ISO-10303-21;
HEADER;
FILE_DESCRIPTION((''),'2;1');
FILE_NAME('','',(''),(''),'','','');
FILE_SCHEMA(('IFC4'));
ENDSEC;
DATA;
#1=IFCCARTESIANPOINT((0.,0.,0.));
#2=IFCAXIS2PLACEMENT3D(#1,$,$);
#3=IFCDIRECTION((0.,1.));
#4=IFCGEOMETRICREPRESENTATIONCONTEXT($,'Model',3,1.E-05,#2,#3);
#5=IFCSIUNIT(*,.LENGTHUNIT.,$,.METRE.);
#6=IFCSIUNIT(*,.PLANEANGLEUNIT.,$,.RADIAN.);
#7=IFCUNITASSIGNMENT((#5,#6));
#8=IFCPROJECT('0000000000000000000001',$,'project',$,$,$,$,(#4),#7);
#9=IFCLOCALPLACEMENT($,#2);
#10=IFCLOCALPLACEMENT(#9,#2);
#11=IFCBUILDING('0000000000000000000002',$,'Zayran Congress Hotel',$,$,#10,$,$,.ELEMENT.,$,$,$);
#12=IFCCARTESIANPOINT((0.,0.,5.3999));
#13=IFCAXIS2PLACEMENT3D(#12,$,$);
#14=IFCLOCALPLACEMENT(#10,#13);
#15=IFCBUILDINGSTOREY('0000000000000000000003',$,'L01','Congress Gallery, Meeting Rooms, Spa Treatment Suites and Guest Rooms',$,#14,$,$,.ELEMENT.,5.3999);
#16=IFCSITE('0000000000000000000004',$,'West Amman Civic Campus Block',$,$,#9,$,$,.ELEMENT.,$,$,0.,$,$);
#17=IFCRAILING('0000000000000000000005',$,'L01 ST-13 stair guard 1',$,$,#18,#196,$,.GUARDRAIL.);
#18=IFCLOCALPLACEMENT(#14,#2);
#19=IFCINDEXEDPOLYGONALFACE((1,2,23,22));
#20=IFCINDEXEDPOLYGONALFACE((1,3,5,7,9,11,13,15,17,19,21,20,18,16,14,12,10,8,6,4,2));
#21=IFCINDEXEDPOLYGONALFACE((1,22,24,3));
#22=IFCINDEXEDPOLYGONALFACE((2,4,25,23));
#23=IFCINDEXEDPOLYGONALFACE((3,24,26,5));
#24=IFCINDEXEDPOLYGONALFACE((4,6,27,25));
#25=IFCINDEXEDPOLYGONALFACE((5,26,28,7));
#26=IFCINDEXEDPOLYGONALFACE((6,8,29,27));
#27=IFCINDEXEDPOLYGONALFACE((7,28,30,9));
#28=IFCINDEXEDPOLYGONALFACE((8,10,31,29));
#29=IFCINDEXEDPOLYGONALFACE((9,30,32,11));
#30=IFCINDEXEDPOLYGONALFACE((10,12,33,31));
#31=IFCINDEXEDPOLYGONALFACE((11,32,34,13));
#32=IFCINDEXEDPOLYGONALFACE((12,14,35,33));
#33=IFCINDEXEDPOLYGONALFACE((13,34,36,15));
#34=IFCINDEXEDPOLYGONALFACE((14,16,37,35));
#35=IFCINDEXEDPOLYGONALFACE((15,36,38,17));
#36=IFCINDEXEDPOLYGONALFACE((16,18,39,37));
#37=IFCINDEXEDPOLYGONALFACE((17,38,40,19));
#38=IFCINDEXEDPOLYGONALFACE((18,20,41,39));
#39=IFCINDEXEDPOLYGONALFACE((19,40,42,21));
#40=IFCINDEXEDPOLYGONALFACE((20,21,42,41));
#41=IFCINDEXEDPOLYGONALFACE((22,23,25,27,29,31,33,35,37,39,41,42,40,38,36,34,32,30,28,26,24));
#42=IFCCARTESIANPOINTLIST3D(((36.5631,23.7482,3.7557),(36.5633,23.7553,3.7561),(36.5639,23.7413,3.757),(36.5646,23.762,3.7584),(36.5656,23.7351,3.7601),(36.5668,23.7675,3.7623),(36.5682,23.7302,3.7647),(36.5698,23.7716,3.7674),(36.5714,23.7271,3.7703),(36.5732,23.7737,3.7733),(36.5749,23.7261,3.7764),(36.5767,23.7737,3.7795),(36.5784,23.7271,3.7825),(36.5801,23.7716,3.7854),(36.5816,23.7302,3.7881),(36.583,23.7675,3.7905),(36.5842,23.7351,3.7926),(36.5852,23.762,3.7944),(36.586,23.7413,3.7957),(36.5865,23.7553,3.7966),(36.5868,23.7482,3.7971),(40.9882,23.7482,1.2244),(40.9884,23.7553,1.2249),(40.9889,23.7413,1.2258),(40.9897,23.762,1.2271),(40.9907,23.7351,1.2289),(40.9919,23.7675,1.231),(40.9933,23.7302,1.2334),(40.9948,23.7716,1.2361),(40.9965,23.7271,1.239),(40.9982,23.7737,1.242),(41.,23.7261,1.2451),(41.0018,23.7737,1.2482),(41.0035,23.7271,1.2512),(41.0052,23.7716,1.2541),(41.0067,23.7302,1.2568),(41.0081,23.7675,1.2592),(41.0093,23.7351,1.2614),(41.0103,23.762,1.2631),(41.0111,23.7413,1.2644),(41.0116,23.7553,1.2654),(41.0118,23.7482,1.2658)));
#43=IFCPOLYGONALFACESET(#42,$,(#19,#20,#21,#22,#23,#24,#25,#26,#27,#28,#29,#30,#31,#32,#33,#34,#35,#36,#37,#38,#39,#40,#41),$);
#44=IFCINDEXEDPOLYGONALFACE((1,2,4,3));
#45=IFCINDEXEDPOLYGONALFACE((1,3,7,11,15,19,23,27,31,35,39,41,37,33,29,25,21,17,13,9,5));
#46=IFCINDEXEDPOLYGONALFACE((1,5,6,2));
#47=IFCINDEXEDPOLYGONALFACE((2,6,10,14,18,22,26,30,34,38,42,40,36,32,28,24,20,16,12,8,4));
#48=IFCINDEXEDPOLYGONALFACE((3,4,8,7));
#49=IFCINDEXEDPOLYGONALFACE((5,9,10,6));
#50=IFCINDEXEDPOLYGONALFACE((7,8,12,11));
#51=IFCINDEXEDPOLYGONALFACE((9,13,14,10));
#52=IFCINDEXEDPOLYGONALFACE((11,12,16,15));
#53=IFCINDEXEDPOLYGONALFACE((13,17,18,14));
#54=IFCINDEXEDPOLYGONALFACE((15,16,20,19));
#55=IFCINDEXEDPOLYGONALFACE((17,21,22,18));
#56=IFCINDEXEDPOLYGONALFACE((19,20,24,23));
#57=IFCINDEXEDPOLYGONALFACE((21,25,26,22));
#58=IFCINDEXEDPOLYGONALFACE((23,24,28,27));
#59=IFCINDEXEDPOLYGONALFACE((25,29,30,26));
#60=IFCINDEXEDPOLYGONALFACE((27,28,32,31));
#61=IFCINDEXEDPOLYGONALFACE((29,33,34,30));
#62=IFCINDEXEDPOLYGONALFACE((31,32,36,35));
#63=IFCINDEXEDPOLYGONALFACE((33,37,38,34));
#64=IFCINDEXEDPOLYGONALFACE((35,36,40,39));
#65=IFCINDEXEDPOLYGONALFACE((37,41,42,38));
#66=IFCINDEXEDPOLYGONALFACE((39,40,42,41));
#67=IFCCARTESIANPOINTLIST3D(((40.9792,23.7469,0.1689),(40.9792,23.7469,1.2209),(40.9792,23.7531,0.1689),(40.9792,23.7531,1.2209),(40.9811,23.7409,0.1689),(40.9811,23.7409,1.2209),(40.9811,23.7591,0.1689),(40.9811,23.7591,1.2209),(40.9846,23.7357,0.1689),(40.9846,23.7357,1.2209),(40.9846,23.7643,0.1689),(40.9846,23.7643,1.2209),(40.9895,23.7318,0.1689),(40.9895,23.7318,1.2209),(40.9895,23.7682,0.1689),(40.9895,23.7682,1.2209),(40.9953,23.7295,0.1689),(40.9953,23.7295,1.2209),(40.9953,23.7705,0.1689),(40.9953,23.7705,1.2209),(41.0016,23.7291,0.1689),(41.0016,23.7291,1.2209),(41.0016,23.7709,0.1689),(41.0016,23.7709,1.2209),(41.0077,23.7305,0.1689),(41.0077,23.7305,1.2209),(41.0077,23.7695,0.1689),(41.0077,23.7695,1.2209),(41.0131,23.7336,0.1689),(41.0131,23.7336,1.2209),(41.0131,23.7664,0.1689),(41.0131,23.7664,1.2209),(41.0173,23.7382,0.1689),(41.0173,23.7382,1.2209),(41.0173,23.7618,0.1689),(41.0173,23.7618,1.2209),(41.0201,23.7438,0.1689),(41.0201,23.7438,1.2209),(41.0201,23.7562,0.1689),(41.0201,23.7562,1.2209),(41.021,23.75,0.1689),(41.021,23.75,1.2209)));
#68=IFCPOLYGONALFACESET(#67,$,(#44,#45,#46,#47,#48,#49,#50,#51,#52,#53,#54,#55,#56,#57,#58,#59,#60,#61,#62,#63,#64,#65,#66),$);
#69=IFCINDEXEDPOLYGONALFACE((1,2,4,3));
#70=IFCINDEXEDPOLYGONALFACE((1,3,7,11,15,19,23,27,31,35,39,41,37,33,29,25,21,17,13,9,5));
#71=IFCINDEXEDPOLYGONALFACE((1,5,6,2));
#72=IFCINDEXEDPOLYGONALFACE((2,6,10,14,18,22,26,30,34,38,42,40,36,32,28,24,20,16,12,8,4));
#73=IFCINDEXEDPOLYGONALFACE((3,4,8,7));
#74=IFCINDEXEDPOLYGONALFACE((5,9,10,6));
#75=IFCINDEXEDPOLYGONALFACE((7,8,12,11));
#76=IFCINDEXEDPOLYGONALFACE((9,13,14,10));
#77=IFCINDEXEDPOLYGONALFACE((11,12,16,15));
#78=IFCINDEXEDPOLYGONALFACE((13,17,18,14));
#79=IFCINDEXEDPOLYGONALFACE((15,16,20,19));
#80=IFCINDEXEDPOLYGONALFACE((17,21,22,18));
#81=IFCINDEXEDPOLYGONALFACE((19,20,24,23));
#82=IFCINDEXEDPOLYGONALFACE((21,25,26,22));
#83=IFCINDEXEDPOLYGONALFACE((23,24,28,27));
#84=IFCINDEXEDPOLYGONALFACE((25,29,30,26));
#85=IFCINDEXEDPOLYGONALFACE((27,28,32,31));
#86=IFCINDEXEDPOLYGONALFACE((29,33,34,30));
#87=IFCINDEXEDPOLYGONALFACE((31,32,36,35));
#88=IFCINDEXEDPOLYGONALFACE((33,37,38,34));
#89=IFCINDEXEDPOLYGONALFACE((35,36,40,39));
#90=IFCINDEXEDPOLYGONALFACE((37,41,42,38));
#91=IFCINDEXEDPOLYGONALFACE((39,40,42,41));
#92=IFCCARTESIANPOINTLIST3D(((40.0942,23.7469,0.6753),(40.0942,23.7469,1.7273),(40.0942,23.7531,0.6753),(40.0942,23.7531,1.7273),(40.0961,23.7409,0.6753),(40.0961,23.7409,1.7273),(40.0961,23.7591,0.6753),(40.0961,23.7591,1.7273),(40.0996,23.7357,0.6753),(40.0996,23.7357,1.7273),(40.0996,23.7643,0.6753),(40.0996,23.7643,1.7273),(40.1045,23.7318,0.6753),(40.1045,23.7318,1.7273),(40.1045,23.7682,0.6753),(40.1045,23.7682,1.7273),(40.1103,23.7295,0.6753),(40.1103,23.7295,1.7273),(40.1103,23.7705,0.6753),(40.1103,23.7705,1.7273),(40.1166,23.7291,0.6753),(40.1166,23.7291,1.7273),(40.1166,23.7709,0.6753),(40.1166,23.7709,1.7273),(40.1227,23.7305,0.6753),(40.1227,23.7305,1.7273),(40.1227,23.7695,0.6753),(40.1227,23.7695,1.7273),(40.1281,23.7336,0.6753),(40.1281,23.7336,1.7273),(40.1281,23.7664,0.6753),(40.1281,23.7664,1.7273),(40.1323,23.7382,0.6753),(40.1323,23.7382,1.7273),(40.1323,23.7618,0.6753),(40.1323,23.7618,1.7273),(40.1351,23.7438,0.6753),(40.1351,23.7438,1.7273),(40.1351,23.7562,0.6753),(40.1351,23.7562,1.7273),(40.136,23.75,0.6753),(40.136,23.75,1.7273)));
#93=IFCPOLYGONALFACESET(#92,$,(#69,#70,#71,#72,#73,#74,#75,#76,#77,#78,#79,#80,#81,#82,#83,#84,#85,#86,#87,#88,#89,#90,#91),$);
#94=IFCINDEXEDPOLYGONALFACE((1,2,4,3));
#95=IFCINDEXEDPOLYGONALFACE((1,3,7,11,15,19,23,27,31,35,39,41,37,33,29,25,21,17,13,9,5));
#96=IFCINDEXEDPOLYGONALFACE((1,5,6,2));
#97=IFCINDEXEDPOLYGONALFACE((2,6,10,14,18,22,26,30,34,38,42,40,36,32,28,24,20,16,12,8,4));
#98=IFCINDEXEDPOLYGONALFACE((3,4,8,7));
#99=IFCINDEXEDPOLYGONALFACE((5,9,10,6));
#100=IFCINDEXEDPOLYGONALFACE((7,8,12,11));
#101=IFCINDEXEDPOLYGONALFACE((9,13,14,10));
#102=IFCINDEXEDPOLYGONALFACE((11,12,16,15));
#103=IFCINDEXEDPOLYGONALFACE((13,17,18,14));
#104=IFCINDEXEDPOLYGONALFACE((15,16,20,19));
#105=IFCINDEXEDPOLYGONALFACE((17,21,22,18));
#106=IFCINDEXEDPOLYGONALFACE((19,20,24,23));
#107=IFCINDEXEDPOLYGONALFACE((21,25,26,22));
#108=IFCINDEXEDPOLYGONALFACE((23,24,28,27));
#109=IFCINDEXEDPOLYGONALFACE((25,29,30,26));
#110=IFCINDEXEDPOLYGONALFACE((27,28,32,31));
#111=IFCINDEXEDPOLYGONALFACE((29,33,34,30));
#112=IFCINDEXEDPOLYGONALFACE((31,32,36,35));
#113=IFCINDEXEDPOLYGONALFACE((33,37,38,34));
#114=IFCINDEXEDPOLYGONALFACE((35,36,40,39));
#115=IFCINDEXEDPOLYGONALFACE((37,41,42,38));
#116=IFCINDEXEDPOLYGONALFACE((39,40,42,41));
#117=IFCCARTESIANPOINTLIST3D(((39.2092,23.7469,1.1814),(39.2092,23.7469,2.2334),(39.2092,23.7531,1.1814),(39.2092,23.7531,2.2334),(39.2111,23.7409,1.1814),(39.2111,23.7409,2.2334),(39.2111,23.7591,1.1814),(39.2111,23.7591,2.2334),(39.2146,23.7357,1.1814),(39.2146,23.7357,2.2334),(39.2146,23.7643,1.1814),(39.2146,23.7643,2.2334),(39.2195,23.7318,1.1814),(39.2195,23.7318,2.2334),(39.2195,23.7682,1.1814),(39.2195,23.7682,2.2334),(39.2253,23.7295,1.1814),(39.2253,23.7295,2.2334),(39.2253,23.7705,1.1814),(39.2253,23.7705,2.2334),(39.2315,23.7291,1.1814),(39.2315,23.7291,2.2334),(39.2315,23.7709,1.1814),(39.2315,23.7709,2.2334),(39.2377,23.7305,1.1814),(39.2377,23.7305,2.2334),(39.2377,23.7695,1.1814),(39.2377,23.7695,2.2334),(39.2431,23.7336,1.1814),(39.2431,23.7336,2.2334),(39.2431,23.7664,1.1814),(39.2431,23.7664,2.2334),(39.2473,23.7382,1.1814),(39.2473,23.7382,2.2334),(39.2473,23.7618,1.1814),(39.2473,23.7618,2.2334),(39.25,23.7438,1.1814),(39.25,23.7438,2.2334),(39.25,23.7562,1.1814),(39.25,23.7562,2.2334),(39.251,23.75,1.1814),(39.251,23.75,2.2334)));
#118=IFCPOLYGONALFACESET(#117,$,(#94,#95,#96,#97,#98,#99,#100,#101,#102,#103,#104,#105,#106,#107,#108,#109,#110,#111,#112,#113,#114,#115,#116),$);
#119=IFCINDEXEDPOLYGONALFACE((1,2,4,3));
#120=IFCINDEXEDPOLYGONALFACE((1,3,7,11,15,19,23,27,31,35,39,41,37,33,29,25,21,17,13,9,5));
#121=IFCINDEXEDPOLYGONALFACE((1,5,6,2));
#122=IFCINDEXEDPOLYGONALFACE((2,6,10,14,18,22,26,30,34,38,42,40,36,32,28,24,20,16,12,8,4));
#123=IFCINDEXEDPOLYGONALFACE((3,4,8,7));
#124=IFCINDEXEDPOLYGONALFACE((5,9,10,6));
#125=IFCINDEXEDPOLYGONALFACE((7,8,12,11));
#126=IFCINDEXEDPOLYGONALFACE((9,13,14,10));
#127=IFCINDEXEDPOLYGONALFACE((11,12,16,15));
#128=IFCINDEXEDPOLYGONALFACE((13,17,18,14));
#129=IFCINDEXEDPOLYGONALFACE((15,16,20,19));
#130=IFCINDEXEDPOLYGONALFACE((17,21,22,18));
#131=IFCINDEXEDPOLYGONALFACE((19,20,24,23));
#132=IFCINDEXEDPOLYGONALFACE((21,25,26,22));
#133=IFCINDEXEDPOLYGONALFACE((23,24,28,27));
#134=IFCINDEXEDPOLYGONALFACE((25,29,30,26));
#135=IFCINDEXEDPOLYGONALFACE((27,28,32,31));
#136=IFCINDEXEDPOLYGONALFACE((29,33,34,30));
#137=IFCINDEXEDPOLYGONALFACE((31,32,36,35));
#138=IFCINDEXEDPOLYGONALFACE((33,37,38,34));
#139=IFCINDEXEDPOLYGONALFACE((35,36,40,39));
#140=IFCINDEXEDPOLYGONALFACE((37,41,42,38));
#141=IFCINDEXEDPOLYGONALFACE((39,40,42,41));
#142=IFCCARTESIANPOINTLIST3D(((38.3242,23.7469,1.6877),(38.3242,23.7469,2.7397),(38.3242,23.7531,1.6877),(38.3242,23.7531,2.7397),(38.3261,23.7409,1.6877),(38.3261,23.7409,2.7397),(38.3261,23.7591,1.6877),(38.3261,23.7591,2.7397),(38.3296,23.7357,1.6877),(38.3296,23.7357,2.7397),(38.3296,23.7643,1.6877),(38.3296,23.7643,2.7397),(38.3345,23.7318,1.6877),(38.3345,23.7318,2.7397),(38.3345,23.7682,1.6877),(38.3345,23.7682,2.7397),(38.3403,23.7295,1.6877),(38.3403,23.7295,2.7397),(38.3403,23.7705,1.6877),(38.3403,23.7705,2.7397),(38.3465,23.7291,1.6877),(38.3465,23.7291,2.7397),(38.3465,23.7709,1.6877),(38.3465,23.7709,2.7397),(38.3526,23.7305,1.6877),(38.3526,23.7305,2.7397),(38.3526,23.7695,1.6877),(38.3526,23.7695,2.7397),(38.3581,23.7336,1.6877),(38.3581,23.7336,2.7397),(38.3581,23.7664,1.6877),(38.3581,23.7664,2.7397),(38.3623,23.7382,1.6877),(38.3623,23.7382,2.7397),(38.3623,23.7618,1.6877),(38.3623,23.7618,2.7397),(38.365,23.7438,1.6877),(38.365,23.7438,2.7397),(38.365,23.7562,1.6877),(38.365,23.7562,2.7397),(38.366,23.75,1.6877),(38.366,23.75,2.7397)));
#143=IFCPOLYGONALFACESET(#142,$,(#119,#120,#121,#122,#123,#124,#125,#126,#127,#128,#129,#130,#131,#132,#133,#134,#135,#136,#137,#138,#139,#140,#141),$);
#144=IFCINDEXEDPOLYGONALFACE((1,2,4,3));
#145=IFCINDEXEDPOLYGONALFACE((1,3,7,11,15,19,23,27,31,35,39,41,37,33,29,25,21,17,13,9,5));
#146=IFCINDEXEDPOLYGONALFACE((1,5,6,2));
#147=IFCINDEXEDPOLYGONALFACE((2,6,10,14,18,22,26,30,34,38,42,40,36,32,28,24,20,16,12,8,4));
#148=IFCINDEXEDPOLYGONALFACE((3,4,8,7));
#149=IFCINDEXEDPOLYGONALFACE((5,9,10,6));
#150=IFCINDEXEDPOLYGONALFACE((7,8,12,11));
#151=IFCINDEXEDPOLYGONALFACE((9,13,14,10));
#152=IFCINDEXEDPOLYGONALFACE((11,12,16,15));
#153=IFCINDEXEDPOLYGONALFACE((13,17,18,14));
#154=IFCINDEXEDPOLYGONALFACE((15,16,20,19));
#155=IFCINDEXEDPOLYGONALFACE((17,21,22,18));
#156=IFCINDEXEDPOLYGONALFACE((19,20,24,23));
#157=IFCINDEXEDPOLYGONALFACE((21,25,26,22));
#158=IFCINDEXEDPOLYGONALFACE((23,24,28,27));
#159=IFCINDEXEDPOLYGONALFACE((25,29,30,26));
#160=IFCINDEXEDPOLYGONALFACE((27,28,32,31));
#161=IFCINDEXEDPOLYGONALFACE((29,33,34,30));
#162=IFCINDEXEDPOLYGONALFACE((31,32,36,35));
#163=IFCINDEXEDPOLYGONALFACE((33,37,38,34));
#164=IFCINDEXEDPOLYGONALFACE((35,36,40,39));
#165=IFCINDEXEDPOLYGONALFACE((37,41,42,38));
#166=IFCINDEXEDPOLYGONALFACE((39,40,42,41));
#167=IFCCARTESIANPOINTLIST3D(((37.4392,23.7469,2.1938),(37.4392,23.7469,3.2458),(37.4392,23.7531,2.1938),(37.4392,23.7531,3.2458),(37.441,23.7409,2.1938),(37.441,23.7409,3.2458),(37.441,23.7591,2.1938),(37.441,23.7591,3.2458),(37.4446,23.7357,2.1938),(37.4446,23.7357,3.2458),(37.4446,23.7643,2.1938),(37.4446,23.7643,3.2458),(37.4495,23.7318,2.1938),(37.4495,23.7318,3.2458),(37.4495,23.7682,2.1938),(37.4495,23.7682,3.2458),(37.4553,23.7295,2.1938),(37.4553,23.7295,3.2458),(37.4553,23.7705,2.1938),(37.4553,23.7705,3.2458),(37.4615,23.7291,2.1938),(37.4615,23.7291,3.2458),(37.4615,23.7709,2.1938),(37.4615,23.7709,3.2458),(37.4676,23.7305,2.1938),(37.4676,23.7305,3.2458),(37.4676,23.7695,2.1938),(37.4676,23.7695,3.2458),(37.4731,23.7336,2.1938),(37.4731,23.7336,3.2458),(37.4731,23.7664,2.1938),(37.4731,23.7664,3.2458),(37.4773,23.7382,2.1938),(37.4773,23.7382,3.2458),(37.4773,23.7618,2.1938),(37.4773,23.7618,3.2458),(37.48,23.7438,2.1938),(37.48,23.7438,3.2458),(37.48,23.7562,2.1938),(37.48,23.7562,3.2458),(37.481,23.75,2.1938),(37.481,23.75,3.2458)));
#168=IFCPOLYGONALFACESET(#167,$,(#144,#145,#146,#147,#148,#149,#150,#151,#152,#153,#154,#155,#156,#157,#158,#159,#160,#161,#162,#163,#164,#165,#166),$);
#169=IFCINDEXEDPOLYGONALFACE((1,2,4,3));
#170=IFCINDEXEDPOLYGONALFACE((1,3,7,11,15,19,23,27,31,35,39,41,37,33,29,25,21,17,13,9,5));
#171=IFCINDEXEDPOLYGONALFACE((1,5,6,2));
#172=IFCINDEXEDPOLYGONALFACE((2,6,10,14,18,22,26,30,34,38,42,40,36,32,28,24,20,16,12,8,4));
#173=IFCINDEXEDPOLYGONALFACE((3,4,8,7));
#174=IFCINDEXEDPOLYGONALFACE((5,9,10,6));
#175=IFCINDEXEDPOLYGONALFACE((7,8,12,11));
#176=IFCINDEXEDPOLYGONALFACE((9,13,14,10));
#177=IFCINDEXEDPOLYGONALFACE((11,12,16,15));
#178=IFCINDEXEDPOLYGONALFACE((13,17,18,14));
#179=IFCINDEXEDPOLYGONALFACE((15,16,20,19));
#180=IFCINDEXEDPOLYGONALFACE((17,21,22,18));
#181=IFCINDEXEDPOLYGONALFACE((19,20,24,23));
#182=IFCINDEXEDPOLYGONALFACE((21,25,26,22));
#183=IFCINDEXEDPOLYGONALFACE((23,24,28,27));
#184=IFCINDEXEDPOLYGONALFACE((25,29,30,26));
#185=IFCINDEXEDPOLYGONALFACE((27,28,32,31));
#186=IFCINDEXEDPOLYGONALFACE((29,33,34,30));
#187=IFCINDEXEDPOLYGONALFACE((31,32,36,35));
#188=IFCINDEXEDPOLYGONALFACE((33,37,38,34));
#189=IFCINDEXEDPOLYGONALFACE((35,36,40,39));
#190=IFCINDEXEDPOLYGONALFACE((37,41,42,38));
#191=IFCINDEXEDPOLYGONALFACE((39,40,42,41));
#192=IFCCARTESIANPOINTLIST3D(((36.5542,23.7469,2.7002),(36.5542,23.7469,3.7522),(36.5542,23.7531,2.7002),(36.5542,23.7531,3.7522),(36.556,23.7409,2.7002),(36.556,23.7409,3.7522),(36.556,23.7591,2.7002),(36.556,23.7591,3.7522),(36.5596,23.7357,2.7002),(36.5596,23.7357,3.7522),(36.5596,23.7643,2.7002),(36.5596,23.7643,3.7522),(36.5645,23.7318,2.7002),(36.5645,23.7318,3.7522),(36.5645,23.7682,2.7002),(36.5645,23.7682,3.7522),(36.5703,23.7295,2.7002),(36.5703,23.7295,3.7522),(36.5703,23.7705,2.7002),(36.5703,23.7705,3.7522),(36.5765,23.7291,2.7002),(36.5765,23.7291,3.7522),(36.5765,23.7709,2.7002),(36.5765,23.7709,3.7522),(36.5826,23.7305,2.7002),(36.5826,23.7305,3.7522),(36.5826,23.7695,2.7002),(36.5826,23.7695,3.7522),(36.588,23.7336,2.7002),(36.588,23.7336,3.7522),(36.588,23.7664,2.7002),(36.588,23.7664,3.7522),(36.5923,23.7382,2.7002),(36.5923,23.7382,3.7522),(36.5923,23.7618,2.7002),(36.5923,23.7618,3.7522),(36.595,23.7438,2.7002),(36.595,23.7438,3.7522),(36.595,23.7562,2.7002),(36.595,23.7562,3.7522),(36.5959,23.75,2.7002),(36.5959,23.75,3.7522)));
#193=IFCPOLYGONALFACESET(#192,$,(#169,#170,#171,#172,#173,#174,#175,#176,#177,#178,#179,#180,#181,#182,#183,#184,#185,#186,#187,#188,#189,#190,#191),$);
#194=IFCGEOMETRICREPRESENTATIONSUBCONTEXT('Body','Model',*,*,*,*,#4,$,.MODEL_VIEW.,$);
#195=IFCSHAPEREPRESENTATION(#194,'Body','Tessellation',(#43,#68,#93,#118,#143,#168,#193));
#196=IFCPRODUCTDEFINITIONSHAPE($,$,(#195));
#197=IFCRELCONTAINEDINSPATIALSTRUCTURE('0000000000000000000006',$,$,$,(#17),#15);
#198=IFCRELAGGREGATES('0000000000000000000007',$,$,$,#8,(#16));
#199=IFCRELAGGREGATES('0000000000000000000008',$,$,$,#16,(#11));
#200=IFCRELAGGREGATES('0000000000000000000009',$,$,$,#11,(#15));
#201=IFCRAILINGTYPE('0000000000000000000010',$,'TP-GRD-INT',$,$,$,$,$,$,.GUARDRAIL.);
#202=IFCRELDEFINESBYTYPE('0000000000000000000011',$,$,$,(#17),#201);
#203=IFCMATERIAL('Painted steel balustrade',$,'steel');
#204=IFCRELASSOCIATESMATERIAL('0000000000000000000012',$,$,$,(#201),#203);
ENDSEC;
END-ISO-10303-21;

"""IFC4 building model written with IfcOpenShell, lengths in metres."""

from ifc_helpers import new_model, si_unit, direction, frame, origin, origin_2d, place, context, subcontext, project, spatial, circle, extrude, material, type_object, element, save


model = new_model("IFC4")

# Units and contexts
model_context = context("Model", 3, precision=1e-05, world=origin(), true_north=direction((0.0, 1.0)))
body_context = subcontext(model_context, "Body", "Model", "MODEL_VIEW")
ifc_project = project(units=[si_unit("LENGTHUNIT", "METRE"), si_unit("PLANEANGLEUNIT", "RADIAN")], contexts=[model_context])

# Site, building, storey
site_placement = place(None, origin())
site = spatial("IfcSite", under=ifc_project, at=site_placement, Name="West Amman Civic Campus Block", CompositionType="ELEMENT", RefElevation=0.0)
building_placement = place(site_placement, origin())
building = spatial("IfcBuilding", under=site, at=building_placement, Name="Zayran Congress Hotel", CompositionType="ELEMENT")
storey_placement = place(building_placement, frame((0.0, 0.0, 5.3999)))
storey = spatial("IfcBuildingStorey", under=building, at=storey_placement, Name="L01", Description="Congress Gallery, Meeting Rooms, Spa Treatment Suites and Guest Rooms", CompositionType="ELEMENT", Elevation=5.3999)

# Railing
ifc_material_1 = material(Name="Painted steel balustrade", Category="steel")
railing_type_1 = type_object("IfcRailingType", Name="TP-GRD-INT", PredefinedType="GUARDRAIL", material=ifc_material_1)
railing_1_placement = place(storey_placement, frame((41.0, 23.75, 0.1689)))
element("IfcRailing", 1, at=railing_1_placement, inside=storey, type_object=railing_type_1, Name="L01 ST-13 stair guard 1", PredefinedType="GUARDRAIL", context=body_context, shape_type="SweptSolid", body=[
    extrude(circle(Radius=0.0239, at=origin_2d()), frame((0.0, 0.0, 1.0762), z_axis=(-0.868019, 0.0, 0.496531), x_axis=(0.0, -1.0, 0.0)), (0.0, 0.0, 1.0), 5.0979),
    extrude(circle(Radius=0.021, at=origin_2d()), origin(), (0.0, 0.0, 1.0), 1.052),
    extrude(circle(Radius=0.021, at=origin_2d()), frame((-0.885, 0.0, 0.5063)), (0.0, 0.0, 1.0), 1.052),
    extrude(circle(Radius=0.021, at=origin_2d()), frame((-1.77, 0.0, 1.0125)), (0.0, 0.0, 1.0), 1.052),
    extrude(circle(Radius=0.021, at=origin_2d()), frame((-2.655, 0.0, 1.5188)), (0.0, 0.0, 1.0), 1.052),
    extrude(circle(Radius=0.021, at=origin_2d()), frame((-3.54, 0.0, 2.0249)), (0.0, 0.0, 1.0), 1.052),
    extrude(circle(Radius=0.021, at=origin_2d()), frame((-4.425, 0.0, 2.5312)), (0.0, 0.0, 1.0), 1.052),
])

save(model, "model.ifc")
